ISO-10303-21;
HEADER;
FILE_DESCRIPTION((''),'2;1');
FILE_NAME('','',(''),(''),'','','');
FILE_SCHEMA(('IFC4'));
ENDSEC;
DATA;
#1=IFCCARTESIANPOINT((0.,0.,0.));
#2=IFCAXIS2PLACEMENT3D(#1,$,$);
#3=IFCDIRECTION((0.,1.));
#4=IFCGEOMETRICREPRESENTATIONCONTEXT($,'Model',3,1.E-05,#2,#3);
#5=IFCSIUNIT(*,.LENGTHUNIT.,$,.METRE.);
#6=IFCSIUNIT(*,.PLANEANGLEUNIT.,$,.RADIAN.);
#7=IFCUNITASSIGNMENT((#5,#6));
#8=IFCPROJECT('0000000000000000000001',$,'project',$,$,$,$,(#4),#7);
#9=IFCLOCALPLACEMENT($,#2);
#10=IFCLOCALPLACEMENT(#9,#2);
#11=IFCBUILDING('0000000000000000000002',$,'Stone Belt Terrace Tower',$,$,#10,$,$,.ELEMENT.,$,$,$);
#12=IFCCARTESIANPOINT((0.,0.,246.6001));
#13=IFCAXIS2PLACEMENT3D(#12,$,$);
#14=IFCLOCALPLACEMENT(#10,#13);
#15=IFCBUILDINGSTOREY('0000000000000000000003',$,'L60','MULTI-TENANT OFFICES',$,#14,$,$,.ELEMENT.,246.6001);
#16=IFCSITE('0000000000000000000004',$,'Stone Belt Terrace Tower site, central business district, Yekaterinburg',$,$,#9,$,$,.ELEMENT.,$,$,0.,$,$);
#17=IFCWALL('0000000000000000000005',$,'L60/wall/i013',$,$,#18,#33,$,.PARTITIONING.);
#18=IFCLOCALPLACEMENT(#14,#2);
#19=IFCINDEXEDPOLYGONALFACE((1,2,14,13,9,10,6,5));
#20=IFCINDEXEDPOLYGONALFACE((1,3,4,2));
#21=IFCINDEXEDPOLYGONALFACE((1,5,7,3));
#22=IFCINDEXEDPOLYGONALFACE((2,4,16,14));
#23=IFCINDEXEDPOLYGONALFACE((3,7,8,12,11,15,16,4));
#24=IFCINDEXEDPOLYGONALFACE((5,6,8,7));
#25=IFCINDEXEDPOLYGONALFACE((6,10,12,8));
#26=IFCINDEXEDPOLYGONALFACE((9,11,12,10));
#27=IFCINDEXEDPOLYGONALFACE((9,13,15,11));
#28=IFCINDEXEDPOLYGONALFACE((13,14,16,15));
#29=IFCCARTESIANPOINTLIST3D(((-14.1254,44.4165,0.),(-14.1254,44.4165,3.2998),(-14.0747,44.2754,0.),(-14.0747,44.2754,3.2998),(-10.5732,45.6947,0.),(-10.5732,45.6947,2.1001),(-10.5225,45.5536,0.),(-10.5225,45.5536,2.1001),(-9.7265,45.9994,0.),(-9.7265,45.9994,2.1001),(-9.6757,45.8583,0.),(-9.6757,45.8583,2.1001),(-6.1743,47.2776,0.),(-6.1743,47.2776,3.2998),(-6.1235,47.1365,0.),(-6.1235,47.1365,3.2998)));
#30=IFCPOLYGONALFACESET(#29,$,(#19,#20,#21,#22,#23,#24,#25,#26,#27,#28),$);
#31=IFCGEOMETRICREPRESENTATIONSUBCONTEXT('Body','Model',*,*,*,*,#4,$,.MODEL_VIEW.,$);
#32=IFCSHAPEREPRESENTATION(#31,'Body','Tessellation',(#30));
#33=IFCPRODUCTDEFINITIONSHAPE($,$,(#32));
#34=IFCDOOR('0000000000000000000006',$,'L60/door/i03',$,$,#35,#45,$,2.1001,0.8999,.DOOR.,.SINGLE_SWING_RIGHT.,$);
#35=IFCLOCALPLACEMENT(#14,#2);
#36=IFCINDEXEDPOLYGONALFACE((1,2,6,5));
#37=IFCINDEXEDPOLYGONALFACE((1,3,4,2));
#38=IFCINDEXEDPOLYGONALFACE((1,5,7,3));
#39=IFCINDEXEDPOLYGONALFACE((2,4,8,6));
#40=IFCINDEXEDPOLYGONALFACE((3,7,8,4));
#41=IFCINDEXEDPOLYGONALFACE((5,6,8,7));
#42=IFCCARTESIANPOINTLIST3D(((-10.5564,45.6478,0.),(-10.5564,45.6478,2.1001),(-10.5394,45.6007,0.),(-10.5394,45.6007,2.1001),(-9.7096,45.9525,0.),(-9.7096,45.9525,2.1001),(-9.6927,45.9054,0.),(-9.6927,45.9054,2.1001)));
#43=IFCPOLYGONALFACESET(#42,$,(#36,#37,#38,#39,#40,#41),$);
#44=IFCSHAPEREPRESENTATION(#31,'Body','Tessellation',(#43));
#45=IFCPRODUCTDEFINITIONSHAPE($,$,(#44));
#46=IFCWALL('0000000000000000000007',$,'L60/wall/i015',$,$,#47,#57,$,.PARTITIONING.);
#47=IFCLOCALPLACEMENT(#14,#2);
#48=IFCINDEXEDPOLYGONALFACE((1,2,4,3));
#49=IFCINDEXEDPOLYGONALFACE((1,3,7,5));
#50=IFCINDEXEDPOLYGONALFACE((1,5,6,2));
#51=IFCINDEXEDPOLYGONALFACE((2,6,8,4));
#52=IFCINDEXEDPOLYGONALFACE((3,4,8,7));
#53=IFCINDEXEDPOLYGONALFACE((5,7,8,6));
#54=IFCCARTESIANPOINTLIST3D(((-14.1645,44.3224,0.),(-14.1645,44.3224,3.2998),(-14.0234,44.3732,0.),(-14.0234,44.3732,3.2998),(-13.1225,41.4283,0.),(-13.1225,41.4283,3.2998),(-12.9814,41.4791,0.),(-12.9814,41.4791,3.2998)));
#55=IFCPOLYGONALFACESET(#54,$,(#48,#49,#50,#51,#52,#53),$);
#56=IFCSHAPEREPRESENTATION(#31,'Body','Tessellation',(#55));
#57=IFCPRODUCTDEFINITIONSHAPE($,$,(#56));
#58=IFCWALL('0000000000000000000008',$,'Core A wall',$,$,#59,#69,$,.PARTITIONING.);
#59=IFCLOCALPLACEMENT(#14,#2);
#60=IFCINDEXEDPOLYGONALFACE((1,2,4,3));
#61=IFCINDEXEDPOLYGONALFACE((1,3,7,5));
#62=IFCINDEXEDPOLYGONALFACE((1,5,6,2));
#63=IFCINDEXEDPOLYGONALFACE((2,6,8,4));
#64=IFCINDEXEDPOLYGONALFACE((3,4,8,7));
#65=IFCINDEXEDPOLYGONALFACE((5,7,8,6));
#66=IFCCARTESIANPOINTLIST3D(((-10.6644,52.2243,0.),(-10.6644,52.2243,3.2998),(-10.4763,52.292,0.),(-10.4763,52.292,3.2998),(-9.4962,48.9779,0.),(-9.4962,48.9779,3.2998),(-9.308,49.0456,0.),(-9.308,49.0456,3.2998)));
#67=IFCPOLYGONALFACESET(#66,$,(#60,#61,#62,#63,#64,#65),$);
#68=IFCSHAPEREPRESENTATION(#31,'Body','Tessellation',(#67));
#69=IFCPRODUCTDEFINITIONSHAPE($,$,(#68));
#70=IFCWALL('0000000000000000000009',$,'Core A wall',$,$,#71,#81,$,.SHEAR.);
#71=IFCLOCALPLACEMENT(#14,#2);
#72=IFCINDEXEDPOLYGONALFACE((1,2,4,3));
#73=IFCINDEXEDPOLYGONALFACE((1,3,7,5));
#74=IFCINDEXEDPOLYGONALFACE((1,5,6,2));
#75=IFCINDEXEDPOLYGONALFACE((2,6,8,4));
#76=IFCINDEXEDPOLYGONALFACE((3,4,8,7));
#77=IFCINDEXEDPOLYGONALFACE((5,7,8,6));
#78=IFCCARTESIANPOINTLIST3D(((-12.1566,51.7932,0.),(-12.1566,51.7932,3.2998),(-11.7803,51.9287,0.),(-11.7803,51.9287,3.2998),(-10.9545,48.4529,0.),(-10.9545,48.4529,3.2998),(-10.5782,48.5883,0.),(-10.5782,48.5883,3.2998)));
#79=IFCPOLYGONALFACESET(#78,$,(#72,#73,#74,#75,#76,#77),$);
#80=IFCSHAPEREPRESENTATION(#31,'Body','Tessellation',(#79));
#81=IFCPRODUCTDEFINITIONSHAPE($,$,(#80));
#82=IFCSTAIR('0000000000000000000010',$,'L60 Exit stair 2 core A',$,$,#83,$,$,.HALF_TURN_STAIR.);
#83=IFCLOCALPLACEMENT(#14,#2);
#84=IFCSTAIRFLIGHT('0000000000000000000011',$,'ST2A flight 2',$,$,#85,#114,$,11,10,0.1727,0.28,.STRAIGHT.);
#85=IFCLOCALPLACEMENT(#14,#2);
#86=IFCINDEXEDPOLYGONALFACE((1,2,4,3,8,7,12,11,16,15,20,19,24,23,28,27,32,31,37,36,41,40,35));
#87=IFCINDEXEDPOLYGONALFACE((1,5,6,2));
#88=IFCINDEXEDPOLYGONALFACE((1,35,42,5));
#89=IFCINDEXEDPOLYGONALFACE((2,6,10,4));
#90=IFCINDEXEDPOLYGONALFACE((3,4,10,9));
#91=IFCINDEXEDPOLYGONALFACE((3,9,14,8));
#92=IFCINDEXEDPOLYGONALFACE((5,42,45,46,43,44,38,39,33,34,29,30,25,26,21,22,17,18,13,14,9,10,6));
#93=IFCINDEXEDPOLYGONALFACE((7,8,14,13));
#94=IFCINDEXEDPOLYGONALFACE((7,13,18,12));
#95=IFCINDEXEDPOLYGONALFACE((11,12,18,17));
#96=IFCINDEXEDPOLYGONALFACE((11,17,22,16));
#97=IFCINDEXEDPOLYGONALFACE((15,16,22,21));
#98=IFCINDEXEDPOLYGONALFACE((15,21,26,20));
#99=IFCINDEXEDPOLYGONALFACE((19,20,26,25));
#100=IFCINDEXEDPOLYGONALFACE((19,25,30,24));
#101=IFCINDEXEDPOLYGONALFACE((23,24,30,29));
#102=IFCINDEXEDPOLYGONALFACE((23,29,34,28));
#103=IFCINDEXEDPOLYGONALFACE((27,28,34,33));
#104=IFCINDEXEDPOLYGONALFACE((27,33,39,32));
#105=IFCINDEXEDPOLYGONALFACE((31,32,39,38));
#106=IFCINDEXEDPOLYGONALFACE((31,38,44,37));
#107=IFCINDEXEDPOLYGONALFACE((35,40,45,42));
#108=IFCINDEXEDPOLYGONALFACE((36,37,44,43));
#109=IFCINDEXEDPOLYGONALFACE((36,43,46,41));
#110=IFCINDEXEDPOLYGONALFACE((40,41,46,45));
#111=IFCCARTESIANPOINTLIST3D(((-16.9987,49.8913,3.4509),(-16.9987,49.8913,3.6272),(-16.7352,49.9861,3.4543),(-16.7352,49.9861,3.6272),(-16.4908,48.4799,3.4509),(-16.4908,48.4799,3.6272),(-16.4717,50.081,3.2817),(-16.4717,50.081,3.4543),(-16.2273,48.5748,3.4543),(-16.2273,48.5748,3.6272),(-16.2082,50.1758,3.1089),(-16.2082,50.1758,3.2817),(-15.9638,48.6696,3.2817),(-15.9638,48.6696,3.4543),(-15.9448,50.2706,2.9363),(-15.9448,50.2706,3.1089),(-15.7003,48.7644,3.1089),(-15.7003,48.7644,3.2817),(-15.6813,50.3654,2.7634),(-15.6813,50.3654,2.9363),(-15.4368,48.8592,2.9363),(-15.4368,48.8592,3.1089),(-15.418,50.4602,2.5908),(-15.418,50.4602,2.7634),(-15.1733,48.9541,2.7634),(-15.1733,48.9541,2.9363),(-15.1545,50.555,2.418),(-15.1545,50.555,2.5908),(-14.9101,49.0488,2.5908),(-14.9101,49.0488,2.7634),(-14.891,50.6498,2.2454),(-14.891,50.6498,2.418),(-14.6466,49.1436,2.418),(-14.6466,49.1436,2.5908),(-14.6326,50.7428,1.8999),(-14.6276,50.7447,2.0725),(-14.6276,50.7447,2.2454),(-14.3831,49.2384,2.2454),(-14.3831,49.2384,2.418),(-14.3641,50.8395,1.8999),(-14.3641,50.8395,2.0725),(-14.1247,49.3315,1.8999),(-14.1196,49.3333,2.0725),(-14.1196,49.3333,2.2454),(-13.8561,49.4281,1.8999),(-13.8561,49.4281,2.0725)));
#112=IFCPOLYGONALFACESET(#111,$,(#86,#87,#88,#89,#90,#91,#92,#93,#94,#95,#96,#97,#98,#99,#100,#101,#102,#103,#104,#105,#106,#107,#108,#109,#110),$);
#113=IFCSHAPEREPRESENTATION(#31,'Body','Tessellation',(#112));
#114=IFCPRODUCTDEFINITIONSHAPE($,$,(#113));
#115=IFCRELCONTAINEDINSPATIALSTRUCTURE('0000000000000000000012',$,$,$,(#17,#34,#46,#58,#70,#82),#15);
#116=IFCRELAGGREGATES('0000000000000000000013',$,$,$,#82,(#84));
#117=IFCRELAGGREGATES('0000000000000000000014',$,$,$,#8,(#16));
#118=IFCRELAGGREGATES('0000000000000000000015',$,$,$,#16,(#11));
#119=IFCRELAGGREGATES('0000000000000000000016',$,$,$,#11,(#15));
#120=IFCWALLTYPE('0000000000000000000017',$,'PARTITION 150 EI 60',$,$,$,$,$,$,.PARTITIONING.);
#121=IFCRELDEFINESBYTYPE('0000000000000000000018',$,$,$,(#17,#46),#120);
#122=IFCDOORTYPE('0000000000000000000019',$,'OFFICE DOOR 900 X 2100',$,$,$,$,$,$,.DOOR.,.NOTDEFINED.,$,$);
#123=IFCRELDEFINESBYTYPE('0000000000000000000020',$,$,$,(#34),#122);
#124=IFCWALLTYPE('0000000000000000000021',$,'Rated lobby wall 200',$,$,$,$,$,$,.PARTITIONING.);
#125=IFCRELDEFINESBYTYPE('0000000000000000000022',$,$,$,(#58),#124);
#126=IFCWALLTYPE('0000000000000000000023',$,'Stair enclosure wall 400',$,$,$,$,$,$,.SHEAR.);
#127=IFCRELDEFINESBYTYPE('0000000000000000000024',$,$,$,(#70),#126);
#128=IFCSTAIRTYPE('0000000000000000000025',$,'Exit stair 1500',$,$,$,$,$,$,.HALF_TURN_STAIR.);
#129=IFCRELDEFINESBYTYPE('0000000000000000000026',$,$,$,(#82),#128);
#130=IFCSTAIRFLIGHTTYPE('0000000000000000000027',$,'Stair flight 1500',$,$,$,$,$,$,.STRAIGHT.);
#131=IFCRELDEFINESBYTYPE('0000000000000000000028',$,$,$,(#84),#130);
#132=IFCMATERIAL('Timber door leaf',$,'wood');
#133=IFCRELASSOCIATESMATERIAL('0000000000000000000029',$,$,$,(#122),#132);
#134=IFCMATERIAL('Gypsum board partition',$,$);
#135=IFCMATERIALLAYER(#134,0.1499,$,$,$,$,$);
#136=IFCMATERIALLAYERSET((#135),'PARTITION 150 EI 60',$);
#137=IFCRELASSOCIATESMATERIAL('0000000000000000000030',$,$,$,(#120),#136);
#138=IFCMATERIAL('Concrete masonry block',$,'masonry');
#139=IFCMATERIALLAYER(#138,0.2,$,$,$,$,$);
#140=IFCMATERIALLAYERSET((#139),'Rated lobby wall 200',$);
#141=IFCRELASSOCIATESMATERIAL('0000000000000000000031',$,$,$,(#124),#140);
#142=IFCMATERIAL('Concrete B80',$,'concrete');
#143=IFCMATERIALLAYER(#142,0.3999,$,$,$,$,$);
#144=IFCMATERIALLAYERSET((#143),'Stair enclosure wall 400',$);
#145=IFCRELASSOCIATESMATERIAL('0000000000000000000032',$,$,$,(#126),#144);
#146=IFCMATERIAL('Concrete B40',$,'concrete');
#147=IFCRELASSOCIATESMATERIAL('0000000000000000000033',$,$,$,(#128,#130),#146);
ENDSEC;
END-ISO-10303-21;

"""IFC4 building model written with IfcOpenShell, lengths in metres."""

from ifc_helpers import new_model, si_unit, direction, frame, frame_2d, origin, place, context, subcontext, project, spatial, polyline, rectangle, outline, extrude, material, layer, layer_set, type_object, element, fill, aggregate, save


model = new_model("IFC4")

# Units and contexts
model_context = context("Model", 3, precision=1e-05, world=origin(), true_north=direction((0.0, 1.0)))
body_context = subcontext(model_context, "Body", "Model", "MODEL_VIEW")
ifc_project = project(units=[si_unit("LENGTHUNIT", "METRE"), si_unit("PLANEANGLEUNIT", "RADIAN")], contexts=[model_context])

# Site, building, storey
site_placement = place(None, origin())
site = spatial("IfcSite", under=ifc_project, at=site_placement, Name="Stone Belt Terrace Tower site, central business district, Yekaterinburg", CompositionType="ELEMENT", RefElevation=0.0)
building_placement = place(site_placement, origin())
building = spatial("IfcBuilding", under=site, at=building_placement, Name="Stone Belt Terrace Tower", CompositionType="ELEMENT")
storey_placement = place(building_placement, frame((0.0, 0.0, 246.6001)))
storey = spatial("IfcBuildingStorey", under=building, at=storey_placement, Name="L60", Description="MULTI-TENANT OFFICES", CompositionType="ELEMENT", Elevation=246.6001)

# Shared definitions
ifc_material_1 = material(Name="Timber door leaf", Category="wood")

# Shared definitions
ifc_material_2 = material(Name="Gypsum board partition")

# Wall, opening, door
door_type_1 = type_object("IfcDoorType", Name="OFFICE DOOR 900 X 2100", OperationType="NOTDEFINED", PredefinedType="DOOR", material=ifc_material_1)
ifc_layer_1 = layer(ifc_material_2, 0.1499)
ifc_layer_set_1 = layer_set([ifc_layer_1], Name="PARTITION 150 EI 60")
wall_type_1 = type_object("IfcWallType", Name="PARTITION 150 EI 60", PredefinedType="PARTITIONING", material=ifc_layer_set_1)
wall_1_placement = place(storey_placement, frame((-6.1489, 47.207, 0.0), z_axis=(0.0, 0.0, 1.0), x_axis=(-0.940938, -0.338579, 0.0)))
wall_1 = element("IfcWall", 1, at=wall_1_placement, inside=storey, type_object=wall_type_1, Name="L60/wall/i013", PredefinedType="PARTITIONING", context=body_context, shape_type="SweptSolid", body=[
    extrude(rectangle(XDim=8.4502, YDim=0.1499, at=frame_2d((4.2251, 0.0))), origin(), (0.0, 0.0, 1.0), 3.2998),
])
opening_1_placement = place(wall_1_placement, frame((3.7751, 0.0, 0.0)))
opening_1 = element("IfcOpeningElement", 2, at=opening_1_placement, cuts=wall_1, PredefinedType="OPENING", context=body_context, shape_type="SweptSolid", body=[
    extrude(rectangle(XDim=0.8999, YDim=2.1001, at=frame_2d((0.45, 1.05))), frame((0.0, 0.085, 0.0), z_axis=(0.0, -1.0, 0.0), x_axis=(1.0, 0.0, 0.0)), (0.0, 0.0, 1.0), 0.1699),
])
door_1_placement = place(opening_1_placement, origin())
door_1 = element("IfcDoor", 3, at=door_1_placement, inside=storey, type_object=door_type_1, Name="L60/door/i03", OperationType="SINGLE_SWING_RIGHT", OverallHeight=2.1001, OverallWidth=0.8999, PredefinedType="DOOR", context=body_context, shape_type="SweptSolid", body=[
    extrude(rectangle(XDim=0.8999, YDim=2.1001, at=frame_2d((0.45, 1.05))), frame((0.0, 0.0249, 0.0), z_axis=(0.0, -1.0, 0.0), x_axis=(1.0, 0.0, 0.0)), (0.0, 0.0, 1.0), 0.05),
])
fill(opening_1, door_1)

# Walls
wall_2_placement = place(storey_placement, frame((-14.094, 44.3479, 0.0), z_axis=(0.0, 0.0, 1.0), x_axis=(0.338759, -0.940873, 0.0)))
element("IfcWall", 4, at=wall_2_placement, inside=storey, type_object=wall_type_1, Name="L60/wall/i015", PredefinedType="PARTITIONING", context=body_context, shape_type="SweptSolid", body=[
    extrude(rectangle(XDim=3.0759, YDim=0.1499, at=frame_2d((1.5381, 0.0))), origin(), (0.0, 0.0, 1.0), 3.2998),
])
ifc_material_3 = material(Name="Concrete masonry block", Category="masonry")
ifc_layer_2 = layer(ifc_material_3, 0.2)
ifc_layer_set_2 = layer_set([ifc_layer_2], Name="Rated lobby wall 200")
wall_type_2 = type_object("IfcWallType", Name="Rated lobby wall 200", PredefinedType="PARTITIONING", material=ifc_layer_set_2)
wall_3_placement = place(storey_placement, frame((-9.4021, 49.0117, 0.0), z_axis=(0.0, 0.0, 1.0), x_axis=(-0.338599, 0.940931, 0.0)))
element("IfcWall", 5, at=wall_3_placement, inside=storey, type_object=wall_type_2, Name="Core A wall", PredefinedType="PARTITIONING", context=body_context, shape_type="SweptSolid", body=[
    extrude(rectangle(XDim=3.4502, YDim=0.2, at=frame_2d((1.7251, 0.0))), origin(), (0.0, 0.0, 1.0), 3.2998),
])
ifc_material_4 = material(Name="Concrete B80", Category="concrete")
ifc_layer_3 = layer(ifc_material_4, 0.3999)
ifc_layer_set_3 = layer_set([ifc_layer_3], Name="Stair enclosure wall 400")
wall_type_3 = type_object("IfcWallType", Name="Stair enclosure wall 400", PredefinedType="SHEAR", material=ifc_layer_set_3)
wall_4_placement = place(storey_placement, frame((-10.7664, 48.5208, 0.0), z_axis=(0.0, 0.0, 1.0), x_axis=(-0.338627, 0.940921, 0.0)))
element("IfcWall", 6, at=wall_4_placement, inside=storey, type_object=wall_type_3, Name="Core A wall", PredefinedType="SHEAR", context=body_context, shape_type="SweptSolid", body=[
    extrude(rectangle(XDim=3.55, YDim=0.3999, at=frame_2d((1.7749, 0.0))), origin(), (0.0, 0.0, 1.0), 3.2998),
])

# Stair, stair flight
ifc_material_5 = material(Name="Concrete B40", Category="concrete")
stair_type = type_object("IfcStairType", Name="Exit stair 1500", PredefinedType="HALF_TURN_STAIR", material=ifc_material_5)
stair_placement = place(storey_placement, origin())
stair = element("IfcStair", 7, at=stair_placement, inside=storey, type_object=stair_type, Name="L60 Exit stair 2 core A", PredefinedType="HALF_TURN_STAIR")
stair_flight_type = type_object("IfcStairFlightType", Name="Stair flight 1500", PredefinedType="STRAIGHT", material=ifc_material_5)
stair_flight_placement = place(storey_placement, frame((-14.1101, 50.1338, 1.8999), z_axis=(0.0, 0.0, 1.0), x_axis=(-0.940922, -0.338624, 0.0)))
stair_flight = element("IfcStairFlight", 8, at=stair_flight_placement, type_object=stair_flight_type, Name="ST2A flight 2", NumberOfRisers=11, NumberOfTreads=10, PredefinedType="STRAIGHT", RiserHeight=0.1727, TreadLength=0.28, context=body_context, shape_type="SweptSolid", body=[
    extrude(outline(polyline([(0.0, 0.0), (0.0, 0.1726), (0.28, 0.1726), (0.28, 0.3455), (0.5601, 0.3455), (0.5601, 0.5181), (0.8401, 0.5181), (0.8401, 0.6909), (1.1201, 0.6909), (1.1201, 0.8635), (1.3999, 0.8635), (1.3999, 1.0364), (1.6799, 1.0364), (1.6799, 1.209), (1.96, 1.209), (1.96, 1.3818), (2.24, 1.3818), (2.24, 1.5544), (2.52, 1.5544), (2.52, 1.7273), (2.8, 1.7273), (2.8, 1.8999), (2.8, 1.551), (0.2854, 0.0), (0.0, 0.0)])), frame((0.0, 0.75, 0.0), z_axis=(0.0, -1.0, 0.0), x_axis=(1.0, 0.0, 0.0)), (0.0, 0.0, 1.0), 1.5),
])
aggregate(stair, [stair_flight])

save(model, "model.ifc")
